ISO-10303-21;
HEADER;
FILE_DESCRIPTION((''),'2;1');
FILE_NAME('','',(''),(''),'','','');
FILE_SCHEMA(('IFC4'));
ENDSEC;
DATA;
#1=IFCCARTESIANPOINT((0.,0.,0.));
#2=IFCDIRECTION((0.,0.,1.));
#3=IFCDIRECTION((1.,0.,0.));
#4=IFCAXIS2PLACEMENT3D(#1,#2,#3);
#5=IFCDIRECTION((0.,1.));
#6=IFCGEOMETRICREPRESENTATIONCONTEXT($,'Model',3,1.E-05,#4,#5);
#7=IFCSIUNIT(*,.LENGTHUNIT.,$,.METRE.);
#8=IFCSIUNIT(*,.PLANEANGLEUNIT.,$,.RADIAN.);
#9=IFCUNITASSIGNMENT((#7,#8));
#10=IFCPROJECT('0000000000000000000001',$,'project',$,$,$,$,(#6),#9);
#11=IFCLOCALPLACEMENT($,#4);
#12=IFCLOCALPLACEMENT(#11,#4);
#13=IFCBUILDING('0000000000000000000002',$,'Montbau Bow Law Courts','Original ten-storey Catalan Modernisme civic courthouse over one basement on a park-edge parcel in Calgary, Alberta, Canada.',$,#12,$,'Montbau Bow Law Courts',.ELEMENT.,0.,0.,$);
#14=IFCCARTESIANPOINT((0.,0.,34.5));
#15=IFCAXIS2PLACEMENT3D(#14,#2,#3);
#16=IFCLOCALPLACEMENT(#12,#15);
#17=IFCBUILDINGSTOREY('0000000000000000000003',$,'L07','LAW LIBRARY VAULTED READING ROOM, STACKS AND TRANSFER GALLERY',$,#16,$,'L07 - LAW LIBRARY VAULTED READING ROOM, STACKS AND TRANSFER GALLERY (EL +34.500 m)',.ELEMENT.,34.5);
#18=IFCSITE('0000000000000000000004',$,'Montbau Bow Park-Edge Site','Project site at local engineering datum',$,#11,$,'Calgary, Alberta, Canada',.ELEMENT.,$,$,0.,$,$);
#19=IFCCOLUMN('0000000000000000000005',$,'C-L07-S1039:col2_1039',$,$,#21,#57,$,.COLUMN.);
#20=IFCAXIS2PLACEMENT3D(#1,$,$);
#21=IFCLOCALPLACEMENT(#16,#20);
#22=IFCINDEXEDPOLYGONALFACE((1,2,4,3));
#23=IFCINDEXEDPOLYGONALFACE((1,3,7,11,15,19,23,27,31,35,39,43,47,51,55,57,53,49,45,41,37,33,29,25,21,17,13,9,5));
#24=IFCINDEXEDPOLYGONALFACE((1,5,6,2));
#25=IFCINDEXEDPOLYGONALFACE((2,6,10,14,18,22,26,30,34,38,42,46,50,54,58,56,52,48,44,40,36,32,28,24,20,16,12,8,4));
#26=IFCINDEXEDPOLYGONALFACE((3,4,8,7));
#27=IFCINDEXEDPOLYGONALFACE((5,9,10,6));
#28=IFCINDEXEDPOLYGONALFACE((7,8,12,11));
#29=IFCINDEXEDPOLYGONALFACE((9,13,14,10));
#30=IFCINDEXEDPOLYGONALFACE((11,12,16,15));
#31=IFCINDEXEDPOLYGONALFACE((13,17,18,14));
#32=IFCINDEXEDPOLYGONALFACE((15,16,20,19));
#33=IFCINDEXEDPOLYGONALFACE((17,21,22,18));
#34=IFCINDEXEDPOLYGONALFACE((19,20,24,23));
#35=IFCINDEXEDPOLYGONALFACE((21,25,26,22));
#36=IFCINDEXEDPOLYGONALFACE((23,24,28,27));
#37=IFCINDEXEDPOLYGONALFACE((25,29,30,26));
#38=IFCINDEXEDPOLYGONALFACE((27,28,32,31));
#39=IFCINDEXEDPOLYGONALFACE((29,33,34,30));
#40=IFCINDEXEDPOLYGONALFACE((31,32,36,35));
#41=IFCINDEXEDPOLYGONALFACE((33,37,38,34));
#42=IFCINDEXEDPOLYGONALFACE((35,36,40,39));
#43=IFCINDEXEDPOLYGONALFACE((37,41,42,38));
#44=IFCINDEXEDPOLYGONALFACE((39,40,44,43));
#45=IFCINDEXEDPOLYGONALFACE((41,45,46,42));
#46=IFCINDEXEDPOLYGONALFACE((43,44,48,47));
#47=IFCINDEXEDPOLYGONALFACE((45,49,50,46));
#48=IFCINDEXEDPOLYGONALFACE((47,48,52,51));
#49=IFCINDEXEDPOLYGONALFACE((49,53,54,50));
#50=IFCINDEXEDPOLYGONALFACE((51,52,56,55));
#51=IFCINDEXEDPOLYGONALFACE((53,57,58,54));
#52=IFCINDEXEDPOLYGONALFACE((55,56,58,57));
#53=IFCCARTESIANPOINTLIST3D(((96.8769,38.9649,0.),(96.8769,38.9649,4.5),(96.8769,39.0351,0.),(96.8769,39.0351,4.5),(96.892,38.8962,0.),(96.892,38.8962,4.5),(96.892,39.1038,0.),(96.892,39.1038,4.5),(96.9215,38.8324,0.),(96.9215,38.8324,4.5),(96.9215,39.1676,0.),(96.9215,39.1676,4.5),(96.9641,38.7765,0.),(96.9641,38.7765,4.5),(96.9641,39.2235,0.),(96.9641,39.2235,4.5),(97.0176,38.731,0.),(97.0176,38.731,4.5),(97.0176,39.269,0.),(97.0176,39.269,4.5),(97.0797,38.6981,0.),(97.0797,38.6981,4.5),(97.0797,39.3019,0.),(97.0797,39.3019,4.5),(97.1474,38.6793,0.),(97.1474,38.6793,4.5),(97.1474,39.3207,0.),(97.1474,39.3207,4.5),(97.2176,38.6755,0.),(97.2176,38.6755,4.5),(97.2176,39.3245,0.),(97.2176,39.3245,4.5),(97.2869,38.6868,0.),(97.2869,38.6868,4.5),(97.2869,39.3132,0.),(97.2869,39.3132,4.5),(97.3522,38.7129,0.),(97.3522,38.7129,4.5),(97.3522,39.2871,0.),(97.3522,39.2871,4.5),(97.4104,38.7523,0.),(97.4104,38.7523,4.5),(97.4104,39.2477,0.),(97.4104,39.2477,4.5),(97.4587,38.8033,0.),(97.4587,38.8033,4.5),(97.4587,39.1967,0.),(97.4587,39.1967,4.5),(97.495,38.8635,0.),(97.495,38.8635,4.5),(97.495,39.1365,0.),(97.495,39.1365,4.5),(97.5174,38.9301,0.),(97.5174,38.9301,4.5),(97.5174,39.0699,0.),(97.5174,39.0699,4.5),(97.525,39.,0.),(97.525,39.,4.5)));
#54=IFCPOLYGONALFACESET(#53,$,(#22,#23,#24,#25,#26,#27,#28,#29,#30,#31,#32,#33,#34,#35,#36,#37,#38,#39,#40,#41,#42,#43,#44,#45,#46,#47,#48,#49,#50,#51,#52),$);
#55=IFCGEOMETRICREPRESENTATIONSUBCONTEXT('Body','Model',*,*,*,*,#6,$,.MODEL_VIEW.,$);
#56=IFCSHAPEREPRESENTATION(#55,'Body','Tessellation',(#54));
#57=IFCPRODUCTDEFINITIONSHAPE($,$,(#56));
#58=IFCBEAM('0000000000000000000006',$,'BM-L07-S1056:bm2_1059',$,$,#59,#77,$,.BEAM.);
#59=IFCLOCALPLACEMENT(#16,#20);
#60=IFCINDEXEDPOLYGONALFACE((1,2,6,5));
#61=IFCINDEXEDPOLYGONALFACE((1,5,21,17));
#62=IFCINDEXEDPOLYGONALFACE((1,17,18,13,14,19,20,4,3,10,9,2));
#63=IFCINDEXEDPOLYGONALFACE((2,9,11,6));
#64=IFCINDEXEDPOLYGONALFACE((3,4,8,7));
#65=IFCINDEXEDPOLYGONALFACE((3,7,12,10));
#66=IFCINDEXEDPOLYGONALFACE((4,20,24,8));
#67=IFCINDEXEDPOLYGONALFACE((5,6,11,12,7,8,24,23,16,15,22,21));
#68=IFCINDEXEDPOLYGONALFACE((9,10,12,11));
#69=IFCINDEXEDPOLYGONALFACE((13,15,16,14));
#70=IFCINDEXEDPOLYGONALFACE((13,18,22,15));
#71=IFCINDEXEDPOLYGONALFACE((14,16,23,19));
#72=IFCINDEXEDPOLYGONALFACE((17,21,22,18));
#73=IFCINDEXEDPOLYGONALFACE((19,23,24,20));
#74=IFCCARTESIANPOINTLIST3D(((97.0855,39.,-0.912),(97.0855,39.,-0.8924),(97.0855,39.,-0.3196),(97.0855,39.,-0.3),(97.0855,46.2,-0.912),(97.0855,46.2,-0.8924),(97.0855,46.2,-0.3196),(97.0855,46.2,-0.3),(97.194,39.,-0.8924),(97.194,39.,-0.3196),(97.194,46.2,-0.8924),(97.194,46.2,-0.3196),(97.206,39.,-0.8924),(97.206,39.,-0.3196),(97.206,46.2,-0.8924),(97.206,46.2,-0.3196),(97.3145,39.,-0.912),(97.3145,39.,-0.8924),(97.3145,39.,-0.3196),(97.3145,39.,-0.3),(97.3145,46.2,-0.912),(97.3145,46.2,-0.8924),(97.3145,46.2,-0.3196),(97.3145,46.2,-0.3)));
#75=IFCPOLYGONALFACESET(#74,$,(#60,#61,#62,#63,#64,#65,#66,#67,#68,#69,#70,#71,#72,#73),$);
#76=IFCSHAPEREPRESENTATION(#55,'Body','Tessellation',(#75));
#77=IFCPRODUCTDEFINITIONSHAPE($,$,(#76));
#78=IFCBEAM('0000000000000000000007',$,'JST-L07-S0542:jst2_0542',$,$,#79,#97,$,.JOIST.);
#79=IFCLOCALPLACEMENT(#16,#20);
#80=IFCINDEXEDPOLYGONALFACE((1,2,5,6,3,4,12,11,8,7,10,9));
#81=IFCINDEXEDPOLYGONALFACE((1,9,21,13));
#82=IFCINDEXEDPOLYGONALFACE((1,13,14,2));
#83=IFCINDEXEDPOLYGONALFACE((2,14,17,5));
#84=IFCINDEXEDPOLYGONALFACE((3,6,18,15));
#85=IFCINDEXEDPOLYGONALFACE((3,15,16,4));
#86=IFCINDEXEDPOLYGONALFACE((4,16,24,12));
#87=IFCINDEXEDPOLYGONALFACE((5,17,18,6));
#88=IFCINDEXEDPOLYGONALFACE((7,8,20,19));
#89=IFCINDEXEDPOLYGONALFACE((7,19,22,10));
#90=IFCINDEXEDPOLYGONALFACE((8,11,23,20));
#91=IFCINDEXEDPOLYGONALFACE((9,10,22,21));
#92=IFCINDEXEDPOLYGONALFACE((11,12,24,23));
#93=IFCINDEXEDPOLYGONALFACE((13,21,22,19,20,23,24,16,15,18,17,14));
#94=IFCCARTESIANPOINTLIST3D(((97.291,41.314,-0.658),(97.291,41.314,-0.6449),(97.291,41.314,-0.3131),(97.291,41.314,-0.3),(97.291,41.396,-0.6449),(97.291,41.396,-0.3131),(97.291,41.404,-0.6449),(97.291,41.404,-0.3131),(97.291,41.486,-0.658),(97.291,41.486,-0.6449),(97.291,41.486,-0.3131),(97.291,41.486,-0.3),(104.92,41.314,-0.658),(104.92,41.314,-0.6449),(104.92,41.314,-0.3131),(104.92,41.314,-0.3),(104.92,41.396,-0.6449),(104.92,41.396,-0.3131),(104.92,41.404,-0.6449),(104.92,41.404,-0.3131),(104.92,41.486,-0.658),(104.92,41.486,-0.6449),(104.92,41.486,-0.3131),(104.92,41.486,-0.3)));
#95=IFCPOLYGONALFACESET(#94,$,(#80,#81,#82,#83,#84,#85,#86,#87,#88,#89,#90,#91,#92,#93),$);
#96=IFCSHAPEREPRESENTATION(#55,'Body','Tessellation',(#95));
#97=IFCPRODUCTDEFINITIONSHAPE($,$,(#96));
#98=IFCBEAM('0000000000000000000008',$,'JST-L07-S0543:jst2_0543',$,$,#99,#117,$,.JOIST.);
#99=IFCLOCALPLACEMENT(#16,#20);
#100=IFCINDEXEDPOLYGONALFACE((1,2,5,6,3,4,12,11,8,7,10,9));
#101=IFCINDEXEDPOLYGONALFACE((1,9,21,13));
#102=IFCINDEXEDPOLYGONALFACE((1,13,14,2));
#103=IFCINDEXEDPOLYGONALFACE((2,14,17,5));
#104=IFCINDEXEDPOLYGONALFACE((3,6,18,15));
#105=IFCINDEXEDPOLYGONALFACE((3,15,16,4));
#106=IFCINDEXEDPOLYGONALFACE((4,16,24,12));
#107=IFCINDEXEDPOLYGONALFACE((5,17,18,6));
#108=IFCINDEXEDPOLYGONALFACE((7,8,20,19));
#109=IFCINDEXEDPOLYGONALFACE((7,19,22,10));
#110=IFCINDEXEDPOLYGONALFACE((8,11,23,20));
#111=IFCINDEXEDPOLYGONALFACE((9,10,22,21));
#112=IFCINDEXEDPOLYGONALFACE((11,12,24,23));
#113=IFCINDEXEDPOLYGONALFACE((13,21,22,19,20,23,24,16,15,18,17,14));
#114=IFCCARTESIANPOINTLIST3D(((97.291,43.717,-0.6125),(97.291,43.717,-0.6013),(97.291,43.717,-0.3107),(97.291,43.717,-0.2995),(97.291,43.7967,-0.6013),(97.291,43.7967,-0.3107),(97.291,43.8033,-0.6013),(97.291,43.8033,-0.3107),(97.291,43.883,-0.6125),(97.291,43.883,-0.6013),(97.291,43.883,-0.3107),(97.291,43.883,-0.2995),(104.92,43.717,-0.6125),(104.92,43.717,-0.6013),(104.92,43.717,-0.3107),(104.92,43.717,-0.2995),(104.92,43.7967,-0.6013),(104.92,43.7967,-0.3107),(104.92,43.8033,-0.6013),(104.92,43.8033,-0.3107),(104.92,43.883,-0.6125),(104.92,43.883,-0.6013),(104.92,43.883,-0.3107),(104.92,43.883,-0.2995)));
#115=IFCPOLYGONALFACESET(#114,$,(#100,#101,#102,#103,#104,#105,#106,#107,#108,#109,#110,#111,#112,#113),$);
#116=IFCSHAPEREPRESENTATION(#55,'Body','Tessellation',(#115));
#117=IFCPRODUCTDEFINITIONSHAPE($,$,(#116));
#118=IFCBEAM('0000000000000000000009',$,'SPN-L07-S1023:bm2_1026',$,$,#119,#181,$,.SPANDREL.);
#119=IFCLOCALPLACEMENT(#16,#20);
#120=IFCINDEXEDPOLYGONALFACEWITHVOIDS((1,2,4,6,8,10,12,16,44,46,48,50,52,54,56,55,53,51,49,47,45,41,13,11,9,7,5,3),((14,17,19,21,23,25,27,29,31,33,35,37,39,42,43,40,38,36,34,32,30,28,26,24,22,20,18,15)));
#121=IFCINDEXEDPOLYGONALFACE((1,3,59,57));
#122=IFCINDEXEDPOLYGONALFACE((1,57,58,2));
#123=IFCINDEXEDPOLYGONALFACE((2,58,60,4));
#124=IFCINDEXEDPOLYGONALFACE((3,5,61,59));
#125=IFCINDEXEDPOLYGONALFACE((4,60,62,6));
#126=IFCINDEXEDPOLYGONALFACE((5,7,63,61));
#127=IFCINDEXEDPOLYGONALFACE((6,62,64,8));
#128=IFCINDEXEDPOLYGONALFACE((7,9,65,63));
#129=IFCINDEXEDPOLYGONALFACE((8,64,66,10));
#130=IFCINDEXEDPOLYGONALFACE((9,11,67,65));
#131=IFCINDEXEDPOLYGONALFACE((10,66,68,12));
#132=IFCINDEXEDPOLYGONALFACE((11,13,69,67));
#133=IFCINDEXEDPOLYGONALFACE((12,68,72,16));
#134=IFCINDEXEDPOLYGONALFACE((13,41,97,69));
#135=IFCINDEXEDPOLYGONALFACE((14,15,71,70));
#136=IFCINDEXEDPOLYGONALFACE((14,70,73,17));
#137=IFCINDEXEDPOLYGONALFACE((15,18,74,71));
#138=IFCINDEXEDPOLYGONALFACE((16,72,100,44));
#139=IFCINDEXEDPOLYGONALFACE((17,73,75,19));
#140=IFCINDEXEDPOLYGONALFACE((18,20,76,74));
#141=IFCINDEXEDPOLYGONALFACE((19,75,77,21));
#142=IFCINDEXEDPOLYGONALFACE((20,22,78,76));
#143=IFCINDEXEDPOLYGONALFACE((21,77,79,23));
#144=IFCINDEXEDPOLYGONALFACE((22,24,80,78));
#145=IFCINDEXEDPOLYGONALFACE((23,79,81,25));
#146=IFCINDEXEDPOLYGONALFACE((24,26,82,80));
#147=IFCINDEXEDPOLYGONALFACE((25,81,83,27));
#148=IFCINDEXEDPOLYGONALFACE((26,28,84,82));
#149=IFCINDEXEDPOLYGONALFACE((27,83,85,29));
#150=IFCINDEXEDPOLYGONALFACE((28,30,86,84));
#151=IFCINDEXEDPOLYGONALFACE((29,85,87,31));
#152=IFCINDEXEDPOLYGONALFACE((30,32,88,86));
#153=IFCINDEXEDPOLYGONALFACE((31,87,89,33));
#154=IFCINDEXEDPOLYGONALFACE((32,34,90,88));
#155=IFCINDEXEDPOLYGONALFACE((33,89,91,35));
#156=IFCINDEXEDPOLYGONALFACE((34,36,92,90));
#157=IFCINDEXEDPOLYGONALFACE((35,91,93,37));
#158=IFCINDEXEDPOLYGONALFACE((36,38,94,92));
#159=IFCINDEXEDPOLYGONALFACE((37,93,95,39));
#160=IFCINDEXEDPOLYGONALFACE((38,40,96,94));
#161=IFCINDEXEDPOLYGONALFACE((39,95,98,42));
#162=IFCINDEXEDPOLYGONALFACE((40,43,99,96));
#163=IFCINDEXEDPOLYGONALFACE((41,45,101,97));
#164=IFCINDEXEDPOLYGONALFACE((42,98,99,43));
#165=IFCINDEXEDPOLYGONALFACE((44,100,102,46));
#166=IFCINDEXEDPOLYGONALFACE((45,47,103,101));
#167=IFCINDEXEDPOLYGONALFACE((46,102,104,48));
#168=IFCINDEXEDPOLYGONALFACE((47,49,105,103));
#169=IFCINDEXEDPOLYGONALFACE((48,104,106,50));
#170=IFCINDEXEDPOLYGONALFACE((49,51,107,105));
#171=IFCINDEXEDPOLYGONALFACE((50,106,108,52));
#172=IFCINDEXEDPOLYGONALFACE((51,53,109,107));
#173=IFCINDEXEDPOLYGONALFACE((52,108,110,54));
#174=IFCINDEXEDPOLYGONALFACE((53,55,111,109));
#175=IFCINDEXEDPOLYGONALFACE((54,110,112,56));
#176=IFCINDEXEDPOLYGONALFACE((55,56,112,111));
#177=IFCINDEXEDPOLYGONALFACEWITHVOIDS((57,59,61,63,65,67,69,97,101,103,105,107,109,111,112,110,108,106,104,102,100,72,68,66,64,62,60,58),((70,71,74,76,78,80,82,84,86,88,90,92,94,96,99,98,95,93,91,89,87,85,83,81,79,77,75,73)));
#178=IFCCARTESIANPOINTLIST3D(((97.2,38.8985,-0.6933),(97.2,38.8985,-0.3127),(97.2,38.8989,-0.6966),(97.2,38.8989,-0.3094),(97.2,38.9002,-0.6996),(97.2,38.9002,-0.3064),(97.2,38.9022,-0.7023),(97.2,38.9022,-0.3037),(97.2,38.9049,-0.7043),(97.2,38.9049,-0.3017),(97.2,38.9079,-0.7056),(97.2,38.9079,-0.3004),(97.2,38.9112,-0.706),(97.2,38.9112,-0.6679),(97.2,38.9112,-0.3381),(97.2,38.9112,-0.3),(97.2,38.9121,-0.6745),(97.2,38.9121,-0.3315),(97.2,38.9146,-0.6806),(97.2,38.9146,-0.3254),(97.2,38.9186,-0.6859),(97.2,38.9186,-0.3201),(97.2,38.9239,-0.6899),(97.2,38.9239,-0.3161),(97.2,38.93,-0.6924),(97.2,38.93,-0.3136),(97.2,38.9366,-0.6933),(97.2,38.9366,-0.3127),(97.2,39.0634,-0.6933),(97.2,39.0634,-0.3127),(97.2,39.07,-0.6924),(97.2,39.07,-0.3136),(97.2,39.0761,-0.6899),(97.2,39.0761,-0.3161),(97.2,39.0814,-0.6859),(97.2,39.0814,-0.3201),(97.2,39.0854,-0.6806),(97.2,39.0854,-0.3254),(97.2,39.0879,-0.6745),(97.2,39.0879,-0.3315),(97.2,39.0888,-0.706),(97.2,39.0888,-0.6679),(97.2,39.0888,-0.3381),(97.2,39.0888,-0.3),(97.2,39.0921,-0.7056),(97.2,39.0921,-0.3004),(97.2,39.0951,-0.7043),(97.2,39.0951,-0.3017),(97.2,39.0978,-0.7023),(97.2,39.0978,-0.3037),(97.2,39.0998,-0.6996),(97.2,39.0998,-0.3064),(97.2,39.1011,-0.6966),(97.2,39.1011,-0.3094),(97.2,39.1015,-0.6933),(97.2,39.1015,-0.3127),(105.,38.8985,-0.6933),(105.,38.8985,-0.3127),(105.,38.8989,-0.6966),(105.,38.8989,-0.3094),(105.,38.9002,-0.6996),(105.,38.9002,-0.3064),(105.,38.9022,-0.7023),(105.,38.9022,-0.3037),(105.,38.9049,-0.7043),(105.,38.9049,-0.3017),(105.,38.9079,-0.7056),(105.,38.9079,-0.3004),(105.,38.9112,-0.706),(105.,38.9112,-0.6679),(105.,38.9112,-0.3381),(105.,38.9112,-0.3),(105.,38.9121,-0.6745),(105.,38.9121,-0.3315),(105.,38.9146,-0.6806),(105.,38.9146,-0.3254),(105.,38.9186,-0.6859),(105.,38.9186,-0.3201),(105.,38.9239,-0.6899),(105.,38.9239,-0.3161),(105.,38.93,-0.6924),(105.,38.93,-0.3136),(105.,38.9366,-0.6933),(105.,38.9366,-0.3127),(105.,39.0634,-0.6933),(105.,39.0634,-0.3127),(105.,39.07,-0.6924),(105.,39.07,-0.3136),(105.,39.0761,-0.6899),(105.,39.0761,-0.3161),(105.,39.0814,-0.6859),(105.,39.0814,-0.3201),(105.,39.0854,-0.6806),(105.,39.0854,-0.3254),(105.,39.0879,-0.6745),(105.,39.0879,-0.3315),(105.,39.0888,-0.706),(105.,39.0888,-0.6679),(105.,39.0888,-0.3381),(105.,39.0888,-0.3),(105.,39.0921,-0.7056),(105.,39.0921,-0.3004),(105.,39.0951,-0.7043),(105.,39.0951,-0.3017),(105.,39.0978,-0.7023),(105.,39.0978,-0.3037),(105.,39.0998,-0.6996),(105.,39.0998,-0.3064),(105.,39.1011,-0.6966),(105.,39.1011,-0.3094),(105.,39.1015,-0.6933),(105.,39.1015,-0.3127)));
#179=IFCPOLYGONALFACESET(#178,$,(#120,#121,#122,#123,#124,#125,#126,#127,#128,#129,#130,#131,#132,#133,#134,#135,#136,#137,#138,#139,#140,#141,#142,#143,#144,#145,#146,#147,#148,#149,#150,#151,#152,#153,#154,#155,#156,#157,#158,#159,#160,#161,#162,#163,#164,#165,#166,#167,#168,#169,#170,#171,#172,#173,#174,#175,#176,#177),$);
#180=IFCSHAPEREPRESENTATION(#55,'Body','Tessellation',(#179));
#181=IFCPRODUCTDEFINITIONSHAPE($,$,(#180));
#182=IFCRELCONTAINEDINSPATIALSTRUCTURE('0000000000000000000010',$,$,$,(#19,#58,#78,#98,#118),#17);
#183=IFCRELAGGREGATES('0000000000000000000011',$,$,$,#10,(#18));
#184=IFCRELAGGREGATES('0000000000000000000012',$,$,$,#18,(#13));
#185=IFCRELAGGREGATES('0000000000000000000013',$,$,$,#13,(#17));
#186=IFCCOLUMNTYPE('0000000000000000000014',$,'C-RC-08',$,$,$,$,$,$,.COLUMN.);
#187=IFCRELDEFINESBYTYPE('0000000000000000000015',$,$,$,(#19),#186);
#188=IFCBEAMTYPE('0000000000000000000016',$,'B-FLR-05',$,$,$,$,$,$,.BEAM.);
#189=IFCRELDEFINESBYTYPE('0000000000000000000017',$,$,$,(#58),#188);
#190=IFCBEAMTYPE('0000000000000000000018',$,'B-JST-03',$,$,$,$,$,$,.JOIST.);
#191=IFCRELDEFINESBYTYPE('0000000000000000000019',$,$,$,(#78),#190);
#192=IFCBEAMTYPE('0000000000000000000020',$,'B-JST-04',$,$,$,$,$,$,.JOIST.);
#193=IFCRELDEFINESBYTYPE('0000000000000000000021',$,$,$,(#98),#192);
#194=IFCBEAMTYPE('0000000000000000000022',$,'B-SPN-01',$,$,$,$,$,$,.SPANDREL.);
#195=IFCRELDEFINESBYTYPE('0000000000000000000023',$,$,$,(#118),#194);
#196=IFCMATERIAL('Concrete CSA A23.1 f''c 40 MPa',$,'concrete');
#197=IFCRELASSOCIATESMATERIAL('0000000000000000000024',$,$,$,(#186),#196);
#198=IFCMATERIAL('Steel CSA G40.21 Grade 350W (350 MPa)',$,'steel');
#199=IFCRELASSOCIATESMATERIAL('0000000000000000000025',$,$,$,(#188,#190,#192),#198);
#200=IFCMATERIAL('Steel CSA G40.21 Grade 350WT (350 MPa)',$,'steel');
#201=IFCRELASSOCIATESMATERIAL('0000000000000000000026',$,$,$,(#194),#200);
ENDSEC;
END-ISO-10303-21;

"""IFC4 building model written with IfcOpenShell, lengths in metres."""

from ifc_helpers import new_model, si_unit, direction, frame, origin_with_axes, origin_2d_with_axis, place, context, subcontext, project, spatial, hollow_rectangle, circle, i_section, extrude, material, material_profile, profile_set, type_object, element, save


model = new_model("IFC4")

# Units and contexts
model_context = context("Model", 3, precision=1e-05, world=origin_with_axes(), true_north=direction((0.0, 1.0)))
body_context = subcontext(model_context, "Body", "Model", "MODEL_VIEW")
ifc_project = project(units=[si_unit("LENGTHUNIT", "METRE"), si_unit("PLANEANGLEUNIT", "RADIAN")], contexts=[model_context])

# Site, building, storey
site_placement = place(None, origin_with_axes())
site = spatial("IfcSite", under=ifc_project, at=site_placement, Name="Montbau Bow Park-Edge Site", Description="Project site at local engineering datum", LongName="Calgary, Alberta, Canada", CompositionType="ELEMENT", RefElevation=0.0)
building_placement = place(site_placement, origin_with_axes())
building = spatial("IfcBuilding", under=site, at=building_placement, Name="Montbau Bow Law Courts", Description="Original ten-storey Catalan Modernisme civic courthouse over one basement on a park-edge parcel in Calgary, Alberta, Canada.", LongName="Montbau Bow Law Courts", CompositionType="ELEMENT", ElevationOfRefHeight=0.0, ElevationOfTerrain=0.0)
storey_placement = place(building_placement, frame((0.0, 0.0, 34.5), z_axis=(0.0, 0.0, 1.0), x_axis=(1.0, 0.0, 0.0)))
storey = spatial("IfcBuildingStorey", under=building, at=storey_placement, Name="L07", Description="LAW LIBRARY VAULTED READING ROOM, STACKS AND TRANSFER GALLERY", LongName="L07 - LAW LIBRARY VAULTED READING ROOM, STACKS AND TRANSFER GALLERY (EL +34.500 m)", CompositionType="ELEMENT", Elevation=34.5)

# Column
ifc_material_1 = material(Name="Concrete CSA A23.1 f'c 40 MPa", Category="concrete")
ifc_material_profile_1 = material_profile(ifc_material_1, circle(Radius=0.325, at=origin_2d_with_axis()), Name="RC650D", Category="Main", Priority=0)
ifc_profile_set_1 = profile_set([ifc_material_profile_1], Name="Concrete CSA A23.1 f'c 40 MPa")
column_type = type_object("IfcColumnType", Name="C-RC-08", PredefinedType="COLUMN", material=ifc_profile_set_1)
column_placement = place(None, frame((97.2, 39.0, 34.5), z_axis=(0.0, 0.0, 1.0), x_axis=(1.0, 0.0, 0.0)))
element("IfcColumn", 1, at=column_placement, inside=storey, type_object=column_type, Name="C-L07-S1039:col2_1039", PredefinedType="COLUMN", context=body_context, shape_type="SweptSolid", body=[
    extrude(circle(Radius=0.325, at=origin_2d_with_axis()), origin_with_axes(), (0.0, 0.0, 1.0), 4.5),
])

# Beams
ifc_material_2 = material(Name="Steel CSA G40.21 Grade 350W (350 MPa)", Category="steel")
ifc_material_profile_2 = material_profile(ifc_material_2, i_section(OverallWidth=0.229, OverallDepth=0.612, WebThickness=0.0119, FlangeThickness=0.0196, at=origin_2d_with_axis()), Name="W610X125", Category="Main", Priority=0)
ifc_profile_set_2 = profile_set([ifc_material_profile_2], Name="Steel CSA G40.21 Grade 350W (350 MPa)")
beam_type_1 = type_object("IfcBeamType", Name="B-FLR-05", PredefinedType="BEAM", material=ifc_profile_set_2)
beam_1_placement = place(None, frame((97.2, 39.0, 33.894), z_axis=(0.0, 1.0, 0.0), x_axis=(-1.0, 0.0, 0.0)))
element("IfcBeam", 2, at=beam_1_placement, inside=storey, type_object=beam_type_1, Name="BM-L07-S1056:bm2_1059", PredefinedType="BEAM", context=body_context, shape_type="SweptSolid", body=[
    extrude(i_section(OverallWidth=0.229, OverallDepth=0.612, WebThickness=0.0119, FlangeThickness=0.0196, at=origin_2d_with_axis()), origin_with_axes(), (0.0, 0.0, 1.0), 7.2),
])
ifc_material_profile_3 = material_profile(ifc_material_2, i_section(OverallWidth=0.172, OverallDepth=0.358, WebThickness=0.0079, FlangeThickness=0.0131, at=origin_2d_with_axis()), Name="W360X57", Category="Main", Priority=0)
ifc_profile_set_3 = profile_set([ifc_material_profile_3], Name="Steel CSA G40.21 Grade 350W (350 MPa)")
beam_type_2 = type_object("IfcBeamType", Name="B-JST-03", PredefinedType="JOIST", material=ifc_profile_set_3)
beam_2_placement = place(None, frame((97.291, 41.4, 34.021), z_axis=(1.0, 0.0, 0.0), x_axis=(0.0, 1.0, 0.0)))
element("IfcBeam", 3, at=beam_2_placement, inside=storey, type_object=beam_type_2, Name="JST-L07-S0542:jst2_0542", PredefinedType="JOIST", context=body_context, shape_type="SweptSolid", body=[
    extrude(i_section(OverallWidth=0.172, OverallDepth=0.358, WebThickness=0.0079, FlangeThickness=0.0131, at=origin_2d_with_axis()), origin_with_axes(), (0.0, 0.0, 1.0), 7.629),
])
ifc_material_profile_4 = material_profile(ifc_material_2, i_section(OverallWidth=0.166, OverallDepth=0.313, WebThickness=0.0066, FlangeThickness=0.0112, at=origin_2d_with_axis()), Name="W310X45", Category="Main", Priority=0)
ifc_profile_set_4 = profile_set([ifc_material_profile_4], Name="Steel CSA G40.21 Grade 350W (350 MPa)")
beam_type_3 = type_object("IfcBeamType", Name="B-JST-04", PredefinedType="JOIST", material=ifc_profile_set_4)
beam_3_placement = place(None, frame((97.291, 43.8, 34.044), z_axis=(1.0, 0.0, 0.0), x_axis=(0.0, 1.0, 0.0)))
element("IfcBeam", 4, at=beam_3_placement, inside=storey, type_object=beam_type_3, Name="JST-L07-S0543:jst2_0543", PredefinedType="JOIST", context=body_context, shape_type="SweptSolid", body=[
    extrude(i_section(OverallWidth=0.166, OverallDepth=0.313, WebThickness=0.0066, FlangeThickness=0.0112, at=origin_2d_with_axis()), origin_with_axes(), (0.0, 0.0, 1.0), 7.629),
])
ifc_material_3 = material(Name="Steel CSA G40.21 Grade 350WT (350 MPa)", Category="steel")
ifc_material_profile_5 = material_profile(ifc_material_3, hollow_rectangle(XDim=0.203, YDim=0.406, WallThickness=0.0127, InnerFilletRadius=0.0254, OuterFilletRadius=0.0127, at=origin_2d_with_axis()), Name="HSS406X203X13", Category="Main", Priority=0)
ifc_profile_set_5 = profile_set([ifc_material_profile_5], Name="Steel CSA G40.21 Grade 350WT (350 MPa)")
beam_type_4 = type_object("IfcBeamType", Name="B-SPN-01", PredefinedType="SPANDREL", material=ifc_profile_set_5)
beam_4_placement = place(None, frame((97.2, 39.0, 33.997), z_axis=(1.0, 0.0, 0.0), x_axis=(0.0, 1.0, 0.0)))
element("IfcBeam", 5, at=beam_4_placement, inside=storey, type_object=beam_type_4, Name="SPN-L07-S1023:bm2_1026", PredefinedType="SPANDREL", context=body_context, shape_type="SweptSolid", body=[
    extrude(hollow_rectangle(XDim=0.203, YDim=0.406, WallThickness=0.0127, InnerFilletRadius=0.0254, OuterFilletRadius=0.0127, at=origin_2d_with_axis()), origin_with_axes(), (0.0, 0.0, 1.0), 7.8),
])

save(model, "model.ifc")
